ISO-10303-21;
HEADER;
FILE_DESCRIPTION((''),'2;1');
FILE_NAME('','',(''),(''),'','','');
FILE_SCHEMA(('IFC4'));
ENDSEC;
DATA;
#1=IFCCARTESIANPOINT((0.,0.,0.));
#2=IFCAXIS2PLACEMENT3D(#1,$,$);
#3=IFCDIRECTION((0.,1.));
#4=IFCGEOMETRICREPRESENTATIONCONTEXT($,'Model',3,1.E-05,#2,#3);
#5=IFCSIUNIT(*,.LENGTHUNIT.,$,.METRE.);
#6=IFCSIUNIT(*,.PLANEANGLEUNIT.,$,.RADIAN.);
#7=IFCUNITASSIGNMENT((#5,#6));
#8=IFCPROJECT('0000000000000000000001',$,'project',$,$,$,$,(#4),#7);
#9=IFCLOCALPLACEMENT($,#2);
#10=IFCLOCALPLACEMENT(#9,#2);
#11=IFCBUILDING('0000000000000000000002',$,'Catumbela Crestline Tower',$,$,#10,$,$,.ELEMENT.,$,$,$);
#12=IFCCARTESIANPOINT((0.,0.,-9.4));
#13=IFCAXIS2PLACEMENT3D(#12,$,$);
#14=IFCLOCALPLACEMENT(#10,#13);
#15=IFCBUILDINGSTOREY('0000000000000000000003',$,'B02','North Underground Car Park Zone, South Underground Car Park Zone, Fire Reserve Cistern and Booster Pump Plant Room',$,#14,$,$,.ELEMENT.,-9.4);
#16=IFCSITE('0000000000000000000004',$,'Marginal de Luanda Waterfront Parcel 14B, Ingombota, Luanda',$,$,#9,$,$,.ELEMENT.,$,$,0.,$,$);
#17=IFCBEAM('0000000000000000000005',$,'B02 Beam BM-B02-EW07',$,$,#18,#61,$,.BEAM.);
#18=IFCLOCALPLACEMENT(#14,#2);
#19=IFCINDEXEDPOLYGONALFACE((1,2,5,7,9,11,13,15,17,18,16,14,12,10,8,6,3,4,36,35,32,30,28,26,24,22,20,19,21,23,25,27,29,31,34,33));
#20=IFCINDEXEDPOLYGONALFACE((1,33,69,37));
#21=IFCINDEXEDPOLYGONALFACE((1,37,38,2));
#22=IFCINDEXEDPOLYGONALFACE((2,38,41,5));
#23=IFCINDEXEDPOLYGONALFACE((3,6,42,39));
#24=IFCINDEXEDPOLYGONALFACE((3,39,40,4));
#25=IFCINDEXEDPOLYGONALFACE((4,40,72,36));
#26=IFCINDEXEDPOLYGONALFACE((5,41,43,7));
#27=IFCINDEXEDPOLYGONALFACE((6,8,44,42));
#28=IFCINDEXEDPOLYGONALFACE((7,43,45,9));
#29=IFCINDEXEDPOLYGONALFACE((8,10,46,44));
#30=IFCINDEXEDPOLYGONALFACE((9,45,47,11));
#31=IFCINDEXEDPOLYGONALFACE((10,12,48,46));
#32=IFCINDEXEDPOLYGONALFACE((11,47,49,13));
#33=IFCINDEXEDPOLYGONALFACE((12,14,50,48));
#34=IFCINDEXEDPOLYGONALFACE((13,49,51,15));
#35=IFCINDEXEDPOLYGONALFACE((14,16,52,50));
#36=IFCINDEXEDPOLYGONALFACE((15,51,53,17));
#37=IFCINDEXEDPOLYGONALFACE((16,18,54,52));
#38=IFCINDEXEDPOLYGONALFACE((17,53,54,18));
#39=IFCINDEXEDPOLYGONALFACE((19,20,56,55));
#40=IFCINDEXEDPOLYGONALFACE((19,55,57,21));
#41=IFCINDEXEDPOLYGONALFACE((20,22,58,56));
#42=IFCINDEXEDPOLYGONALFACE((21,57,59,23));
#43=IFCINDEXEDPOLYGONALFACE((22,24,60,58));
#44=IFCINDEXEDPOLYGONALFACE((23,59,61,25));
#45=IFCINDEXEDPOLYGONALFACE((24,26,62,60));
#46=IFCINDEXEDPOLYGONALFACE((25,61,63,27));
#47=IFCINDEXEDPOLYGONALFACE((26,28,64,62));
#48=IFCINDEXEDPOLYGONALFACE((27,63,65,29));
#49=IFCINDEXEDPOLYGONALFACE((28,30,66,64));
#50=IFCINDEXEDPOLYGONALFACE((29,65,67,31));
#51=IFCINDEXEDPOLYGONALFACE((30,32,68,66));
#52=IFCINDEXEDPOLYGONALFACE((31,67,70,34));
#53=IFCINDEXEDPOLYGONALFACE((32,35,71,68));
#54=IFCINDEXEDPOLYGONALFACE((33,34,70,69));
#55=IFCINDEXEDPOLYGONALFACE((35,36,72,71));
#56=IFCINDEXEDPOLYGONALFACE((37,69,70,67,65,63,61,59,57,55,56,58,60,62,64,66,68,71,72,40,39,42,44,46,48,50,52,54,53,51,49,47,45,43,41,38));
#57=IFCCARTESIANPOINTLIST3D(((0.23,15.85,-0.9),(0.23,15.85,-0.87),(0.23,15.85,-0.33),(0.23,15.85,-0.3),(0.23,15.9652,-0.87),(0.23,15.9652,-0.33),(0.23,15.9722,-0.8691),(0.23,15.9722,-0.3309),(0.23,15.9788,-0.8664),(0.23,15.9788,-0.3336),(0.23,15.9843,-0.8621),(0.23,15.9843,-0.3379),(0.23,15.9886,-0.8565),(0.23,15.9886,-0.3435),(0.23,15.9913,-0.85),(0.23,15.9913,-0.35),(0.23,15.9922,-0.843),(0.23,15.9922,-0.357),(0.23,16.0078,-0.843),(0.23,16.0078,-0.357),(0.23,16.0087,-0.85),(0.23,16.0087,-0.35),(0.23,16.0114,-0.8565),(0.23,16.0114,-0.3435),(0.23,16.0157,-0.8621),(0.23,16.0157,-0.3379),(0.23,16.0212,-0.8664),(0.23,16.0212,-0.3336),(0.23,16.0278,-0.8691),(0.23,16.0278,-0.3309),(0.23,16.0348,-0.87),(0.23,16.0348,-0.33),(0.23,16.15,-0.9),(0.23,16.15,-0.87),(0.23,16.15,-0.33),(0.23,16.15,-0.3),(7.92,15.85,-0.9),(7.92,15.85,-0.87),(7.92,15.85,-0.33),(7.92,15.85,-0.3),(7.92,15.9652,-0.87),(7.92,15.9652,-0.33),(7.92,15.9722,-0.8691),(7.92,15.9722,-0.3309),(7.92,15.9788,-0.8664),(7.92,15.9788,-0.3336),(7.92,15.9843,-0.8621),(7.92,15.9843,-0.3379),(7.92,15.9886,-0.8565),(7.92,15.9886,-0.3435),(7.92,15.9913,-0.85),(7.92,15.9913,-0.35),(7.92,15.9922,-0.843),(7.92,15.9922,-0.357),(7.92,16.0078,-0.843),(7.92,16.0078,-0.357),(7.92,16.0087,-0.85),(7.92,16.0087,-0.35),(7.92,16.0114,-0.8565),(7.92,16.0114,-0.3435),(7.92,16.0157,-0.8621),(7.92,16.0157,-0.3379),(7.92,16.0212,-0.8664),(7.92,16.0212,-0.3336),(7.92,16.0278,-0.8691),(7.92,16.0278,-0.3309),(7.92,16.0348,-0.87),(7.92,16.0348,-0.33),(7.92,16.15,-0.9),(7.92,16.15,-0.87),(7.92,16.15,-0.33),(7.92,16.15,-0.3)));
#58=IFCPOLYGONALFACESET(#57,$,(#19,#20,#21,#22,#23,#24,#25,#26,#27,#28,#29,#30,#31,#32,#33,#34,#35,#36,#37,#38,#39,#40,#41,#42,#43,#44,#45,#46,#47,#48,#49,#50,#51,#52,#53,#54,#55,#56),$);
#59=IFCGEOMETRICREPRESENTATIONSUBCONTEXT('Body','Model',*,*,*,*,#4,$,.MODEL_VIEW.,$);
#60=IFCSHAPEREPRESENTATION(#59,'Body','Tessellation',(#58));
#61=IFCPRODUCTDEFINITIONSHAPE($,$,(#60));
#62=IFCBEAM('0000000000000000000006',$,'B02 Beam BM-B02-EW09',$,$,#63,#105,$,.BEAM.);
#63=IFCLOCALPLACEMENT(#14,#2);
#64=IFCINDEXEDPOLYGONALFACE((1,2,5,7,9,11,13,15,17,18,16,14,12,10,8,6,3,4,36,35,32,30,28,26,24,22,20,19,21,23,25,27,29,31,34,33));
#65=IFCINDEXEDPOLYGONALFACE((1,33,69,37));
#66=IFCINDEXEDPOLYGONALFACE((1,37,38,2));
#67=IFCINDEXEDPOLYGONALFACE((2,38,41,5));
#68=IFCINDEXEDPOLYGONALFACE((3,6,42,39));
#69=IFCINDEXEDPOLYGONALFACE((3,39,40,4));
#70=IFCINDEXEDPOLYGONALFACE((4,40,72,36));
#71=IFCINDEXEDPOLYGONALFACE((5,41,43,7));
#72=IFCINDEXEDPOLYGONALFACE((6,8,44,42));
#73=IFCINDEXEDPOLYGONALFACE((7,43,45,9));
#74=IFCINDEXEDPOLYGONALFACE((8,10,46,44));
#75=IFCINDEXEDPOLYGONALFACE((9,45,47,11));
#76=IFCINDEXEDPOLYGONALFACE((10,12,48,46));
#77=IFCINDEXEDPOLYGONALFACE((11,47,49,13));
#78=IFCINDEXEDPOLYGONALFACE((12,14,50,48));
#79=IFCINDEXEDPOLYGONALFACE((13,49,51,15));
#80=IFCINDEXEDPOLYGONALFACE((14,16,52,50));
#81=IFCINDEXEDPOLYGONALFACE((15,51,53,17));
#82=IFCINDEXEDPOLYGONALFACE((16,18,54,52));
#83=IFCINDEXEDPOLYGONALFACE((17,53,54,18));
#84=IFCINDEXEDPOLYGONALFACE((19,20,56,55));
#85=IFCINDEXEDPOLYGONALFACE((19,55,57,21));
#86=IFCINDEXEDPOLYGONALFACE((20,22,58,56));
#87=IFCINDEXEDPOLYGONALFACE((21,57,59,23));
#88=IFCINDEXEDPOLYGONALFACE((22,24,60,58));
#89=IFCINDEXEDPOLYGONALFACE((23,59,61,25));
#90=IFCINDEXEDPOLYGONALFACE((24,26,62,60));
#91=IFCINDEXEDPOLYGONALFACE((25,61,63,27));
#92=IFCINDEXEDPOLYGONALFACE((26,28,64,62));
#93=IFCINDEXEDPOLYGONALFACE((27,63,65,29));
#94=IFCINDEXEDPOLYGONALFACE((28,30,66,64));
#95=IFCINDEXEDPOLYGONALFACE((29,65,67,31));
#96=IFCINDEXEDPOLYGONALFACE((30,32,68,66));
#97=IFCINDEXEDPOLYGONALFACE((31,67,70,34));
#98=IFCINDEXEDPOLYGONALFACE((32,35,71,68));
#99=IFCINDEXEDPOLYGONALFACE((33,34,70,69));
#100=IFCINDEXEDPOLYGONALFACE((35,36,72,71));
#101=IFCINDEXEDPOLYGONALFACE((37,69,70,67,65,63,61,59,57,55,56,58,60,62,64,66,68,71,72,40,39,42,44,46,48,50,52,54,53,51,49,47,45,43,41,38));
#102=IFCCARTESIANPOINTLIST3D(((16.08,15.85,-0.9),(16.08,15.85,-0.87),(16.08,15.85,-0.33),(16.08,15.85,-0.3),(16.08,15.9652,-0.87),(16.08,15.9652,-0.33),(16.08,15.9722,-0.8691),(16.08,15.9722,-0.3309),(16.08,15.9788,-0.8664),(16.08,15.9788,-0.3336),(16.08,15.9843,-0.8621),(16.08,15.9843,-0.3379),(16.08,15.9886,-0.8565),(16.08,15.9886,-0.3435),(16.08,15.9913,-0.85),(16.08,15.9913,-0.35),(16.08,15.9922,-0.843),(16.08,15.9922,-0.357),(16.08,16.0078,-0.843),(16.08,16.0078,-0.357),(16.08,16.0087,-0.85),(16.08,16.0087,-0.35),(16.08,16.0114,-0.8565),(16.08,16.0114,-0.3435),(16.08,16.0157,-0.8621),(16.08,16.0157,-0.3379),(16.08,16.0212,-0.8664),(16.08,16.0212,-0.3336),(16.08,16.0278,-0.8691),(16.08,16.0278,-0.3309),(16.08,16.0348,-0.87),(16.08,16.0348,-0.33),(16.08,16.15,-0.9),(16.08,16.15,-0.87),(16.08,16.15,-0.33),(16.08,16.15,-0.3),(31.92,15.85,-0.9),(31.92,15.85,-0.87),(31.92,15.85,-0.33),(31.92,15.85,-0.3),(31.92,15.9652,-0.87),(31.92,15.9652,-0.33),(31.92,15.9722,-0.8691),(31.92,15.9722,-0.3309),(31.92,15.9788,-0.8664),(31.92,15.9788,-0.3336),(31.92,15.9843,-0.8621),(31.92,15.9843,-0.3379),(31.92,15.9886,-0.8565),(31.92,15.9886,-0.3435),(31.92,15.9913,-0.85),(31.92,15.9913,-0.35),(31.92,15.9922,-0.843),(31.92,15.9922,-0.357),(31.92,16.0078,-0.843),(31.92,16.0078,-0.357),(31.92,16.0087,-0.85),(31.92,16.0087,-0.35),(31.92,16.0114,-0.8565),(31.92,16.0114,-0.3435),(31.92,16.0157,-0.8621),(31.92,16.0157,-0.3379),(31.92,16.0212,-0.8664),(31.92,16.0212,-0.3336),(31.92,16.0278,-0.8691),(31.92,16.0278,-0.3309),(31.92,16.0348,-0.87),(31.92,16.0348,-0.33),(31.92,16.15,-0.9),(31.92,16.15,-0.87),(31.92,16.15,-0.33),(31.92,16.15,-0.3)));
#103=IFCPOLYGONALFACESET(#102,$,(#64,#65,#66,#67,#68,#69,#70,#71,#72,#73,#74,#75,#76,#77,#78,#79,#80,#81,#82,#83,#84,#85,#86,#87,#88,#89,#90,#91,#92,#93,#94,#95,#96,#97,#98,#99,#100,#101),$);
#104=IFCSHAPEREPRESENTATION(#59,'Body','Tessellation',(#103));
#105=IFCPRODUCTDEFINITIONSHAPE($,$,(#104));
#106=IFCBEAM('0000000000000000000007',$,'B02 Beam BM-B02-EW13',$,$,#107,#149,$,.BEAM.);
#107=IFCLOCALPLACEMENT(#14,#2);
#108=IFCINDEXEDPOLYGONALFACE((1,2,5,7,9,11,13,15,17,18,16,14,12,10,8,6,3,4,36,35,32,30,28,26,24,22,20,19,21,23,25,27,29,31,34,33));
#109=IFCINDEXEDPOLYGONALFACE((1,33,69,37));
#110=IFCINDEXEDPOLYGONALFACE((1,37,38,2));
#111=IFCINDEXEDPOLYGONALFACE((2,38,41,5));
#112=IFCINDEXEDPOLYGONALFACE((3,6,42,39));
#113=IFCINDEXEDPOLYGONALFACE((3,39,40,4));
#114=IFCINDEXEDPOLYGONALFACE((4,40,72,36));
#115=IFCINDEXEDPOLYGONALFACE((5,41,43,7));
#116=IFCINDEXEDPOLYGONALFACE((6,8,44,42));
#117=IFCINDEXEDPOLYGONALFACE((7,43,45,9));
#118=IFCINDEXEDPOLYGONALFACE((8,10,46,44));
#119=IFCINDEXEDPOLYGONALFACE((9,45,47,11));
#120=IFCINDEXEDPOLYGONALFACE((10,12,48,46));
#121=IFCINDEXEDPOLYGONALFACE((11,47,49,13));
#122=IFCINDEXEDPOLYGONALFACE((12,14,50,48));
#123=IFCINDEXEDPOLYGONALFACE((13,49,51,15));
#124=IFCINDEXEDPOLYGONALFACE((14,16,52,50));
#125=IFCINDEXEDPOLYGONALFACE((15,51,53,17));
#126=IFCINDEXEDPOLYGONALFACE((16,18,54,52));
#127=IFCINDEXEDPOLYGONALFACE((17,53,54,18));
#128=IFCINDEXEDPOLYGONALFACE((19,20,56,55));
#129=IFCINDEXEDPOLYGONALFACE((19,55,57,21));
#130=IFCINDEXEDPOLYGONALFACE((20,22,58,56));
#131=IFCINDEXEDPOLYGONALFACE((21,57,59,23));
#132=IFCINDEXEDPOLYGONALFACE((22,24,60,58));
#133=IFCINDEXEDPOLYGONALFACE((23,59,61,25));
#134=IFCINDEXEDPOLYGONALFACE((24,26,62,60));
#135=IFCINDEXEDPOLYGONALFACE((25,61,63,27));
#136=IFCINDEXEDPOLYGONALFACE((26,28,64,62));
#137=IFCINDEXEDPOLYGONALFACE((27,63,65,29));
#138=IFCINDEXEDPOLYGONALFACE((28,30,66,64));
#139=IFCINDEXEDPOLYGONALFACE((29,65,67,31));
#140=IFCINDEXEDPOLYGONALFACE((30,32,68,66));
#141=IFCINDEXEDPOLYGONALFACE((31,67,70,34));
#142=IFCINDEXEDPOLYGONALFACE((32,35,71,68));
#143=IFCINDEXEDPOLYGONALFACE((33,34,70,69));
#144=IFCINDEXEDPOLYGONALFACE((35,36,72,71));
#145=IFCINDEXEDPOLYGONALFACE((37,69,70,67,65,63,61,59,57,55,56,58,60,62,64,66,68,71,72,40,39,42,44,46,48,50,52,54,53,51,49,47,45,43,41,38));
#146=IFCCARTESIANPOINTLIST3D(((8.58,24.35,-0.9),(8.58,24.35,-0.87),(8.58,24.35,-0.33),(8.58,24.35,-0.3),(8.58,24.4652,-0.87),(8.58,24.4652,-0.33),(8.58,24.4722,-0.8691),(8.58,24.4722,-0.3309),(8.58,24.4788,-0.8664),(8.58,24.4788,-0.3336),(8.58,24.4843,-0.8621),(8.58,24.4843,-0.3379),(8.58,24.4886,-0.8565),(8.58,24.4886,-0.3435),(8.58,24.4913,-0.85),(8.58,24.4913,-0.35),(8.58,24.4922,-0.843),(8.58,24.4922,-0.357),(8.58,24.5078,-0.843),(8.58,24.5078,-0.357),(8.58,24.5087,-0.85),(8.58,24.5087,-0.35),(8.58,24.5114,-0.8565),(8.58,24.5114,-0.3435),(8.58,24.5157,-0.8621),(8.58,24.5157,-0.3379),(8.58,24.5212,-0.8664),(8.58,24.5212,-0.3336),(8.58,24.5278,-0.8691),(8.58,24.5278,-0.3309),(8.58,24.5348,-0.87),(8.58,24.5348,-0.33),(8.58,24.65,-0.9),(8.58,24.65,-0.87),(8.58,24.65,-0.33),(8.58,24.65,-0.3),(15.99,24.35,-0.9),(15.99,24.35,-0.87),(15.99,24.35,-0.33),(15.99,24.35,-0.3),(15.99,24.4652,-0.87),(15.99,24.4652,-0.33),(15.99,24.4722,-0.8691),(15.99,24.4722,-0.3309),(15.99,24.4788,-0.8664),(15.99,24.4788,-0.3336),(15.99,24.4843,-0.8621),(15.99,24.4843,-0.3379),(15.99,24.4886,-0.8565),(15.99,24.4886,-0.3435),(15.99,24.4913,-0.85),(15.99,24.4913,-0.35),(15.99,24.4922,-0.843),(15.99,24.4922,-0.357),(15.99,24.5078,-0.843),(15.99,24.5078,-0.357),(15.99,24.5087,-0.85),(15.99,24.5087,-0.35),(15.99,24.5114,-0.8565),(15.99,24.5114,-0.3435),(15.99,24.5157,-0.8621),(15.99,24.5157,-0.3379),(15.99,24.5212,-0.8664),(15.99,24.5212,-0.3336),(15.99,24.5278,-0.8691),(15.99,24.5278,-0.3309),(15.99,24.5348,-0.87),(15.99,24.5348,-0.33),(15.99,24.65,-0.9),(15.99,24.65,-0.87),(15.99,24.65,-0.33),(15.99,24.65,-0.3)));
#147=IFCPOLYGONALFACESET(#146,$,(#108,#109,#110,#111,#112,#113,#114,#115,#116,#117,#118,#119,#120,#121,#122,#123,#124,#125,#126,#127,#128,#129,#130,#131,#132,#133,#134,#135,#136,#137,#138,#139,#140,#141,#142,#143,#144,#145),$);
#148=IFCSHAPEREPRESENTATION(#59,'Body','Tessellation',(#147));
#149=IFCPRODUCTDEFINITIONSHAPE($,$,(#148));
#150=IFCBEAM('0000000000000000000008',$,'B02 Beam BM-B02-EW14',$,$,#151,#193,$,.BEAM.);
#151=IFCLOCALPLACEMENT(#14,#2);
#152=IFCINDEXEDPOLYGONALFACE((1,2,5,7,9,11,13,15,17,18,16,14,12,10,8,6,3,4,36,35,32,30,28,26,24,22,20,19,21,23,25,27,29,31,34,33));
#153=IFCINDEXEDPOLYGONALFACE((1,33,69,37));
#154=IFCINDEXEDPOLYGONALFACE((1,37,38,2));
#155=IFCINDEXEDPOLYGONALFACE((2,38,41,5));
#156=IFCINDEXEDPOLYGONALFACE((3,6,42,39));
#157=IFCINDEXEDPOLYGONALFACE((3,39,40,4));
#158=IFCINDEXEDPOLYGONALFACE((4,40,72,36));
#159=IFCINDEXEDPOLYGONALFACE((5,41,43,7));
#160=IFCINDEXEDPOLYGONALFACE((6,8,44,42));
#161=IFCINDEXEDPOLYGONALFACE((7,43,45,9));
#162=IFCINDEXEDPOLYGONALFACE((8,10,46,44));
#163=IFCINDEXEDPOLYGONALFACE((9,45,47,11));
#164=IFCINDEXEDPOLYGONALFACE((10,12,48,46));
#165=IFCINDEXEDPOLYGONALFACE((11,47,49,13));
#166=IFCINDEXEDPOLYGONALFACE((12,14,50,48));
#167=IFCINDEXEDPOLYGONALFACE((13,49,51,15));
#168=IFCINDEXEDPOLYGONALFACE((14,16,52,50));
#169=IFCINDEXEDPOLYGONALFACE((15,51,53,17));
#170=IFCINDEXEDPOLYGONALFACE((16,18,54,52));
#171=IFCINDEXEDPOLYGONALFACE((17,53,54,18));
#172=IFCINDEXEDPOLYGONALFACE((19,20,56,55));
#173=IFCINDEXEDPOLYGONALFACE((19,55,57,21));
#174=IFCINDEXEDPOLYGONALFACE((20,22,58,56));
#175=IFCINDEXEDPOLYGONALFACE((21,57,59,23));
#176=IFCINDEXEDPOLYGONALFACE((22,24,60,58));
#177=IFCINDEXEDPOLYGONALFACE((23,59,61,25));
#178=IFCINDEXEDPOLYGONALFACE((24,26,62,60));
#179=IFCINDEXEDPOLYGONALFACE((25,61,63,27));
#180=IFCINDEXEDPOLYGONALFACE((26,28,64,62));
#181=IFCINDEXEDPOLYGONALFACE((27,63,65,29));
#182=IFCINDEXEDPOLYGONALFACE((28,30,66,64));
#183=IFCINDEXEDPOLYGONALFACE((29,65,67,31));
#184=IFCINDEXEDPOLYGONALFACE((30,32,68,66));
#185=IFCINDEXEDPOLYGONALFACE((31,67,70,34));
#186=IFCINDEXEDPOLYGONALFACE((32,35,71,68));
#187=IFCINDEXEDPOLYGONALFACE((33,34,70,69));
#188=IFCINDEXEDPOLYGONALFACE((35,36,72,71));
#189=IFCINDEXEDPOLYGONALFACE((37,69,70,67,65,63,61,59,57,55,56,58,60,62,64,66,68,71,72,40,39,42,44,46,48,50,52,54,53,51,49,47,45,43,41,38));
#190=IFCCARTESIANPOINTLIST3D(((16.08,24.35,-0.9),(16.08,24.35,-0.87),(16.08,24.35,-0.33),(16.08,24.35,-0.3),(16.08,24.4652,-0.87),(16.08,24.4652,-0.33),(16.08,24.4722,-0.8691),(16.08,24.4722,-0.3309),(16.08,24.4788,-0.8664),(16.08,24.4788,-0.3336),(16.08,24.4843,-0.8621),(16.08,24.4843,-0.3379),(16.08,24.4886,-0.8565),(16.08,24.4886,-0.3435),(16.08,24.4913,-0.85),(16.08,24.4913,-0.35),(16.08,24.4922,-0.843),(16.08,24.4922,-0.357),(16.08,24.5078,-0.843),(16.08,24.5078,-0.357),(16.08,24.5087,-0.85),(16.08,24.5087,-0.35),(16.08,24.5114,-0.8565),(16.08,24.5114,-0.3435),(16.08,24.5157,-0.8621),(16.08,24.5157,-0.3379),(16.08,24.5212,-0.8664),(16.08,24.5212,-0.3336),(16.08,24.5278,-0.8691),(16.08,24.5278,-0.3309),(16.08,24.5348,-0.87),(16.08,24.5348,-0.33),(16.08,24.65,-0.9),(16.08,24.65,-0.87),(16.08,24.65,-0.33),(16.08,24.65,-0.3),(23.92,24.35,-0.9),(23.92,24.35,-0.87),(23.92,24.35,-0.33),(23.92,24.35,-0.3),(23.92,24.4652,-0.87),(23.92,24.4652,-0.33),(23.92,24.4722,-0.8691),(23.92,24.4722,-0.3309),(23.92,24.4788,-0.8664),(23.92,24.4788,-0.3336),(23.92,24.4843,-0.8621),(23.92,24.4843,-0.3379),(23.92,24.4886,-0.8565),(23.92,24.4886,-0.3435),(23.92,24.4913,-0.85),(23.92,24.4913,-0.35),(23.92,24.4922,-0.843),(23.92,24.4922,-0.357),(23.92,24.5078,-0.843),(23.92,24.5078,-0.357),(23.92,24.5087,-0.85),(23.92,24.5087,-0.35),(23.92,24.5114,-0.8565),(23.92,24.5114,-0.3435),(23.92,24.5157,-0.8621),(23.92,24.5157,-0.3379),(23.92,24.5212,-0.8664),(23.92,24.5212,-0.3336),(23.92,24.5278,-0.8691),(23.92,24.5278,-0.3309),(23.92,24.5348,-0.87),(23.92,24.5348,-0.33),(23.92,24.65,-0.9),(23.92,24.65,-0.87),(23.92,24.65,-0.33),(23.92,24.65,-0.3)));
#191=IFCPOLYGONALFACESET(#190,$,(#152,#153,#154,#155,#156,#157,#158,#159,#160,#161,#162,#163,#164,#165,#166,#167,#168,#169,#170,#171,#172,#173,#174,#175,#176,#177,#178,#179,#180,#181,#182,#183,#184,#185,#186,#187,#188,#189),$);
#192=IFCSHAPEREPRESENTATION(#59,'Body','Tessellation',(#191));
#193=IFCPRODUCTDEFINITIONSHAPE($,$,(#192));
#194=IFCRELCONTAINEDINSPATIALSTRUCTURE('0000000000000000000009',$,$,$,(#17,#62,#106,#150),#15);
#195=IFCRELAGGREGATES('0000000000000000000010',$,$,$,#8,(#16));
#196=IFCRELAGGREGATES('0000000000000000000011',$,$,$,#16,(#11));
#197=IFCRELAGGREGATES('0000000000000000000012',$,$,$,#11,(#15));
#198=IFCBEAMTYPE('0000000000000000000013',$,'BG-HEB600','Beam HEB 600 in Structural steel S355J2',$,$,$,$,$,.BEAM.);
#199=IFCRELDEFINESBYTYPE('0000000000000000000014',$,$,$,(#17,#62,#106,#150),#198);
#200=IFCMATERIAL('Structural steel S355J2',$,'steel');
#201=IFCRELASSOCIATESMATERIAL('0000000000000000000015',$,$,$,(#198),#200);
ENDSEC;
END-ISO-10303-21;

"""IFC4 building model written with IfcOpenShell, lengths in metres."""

from ifc_helpers import new_model, si_unit, direction, frame, origin, origin_2d, place, context, subcontext, project, spatial, i_section, extrude, material, material_profile, profile_set, type_object, element, save


model = new_model("IFC4")

# Units and contexts
model_context = context("Model", 3, precision=1e-05, world=origin(), true_north=direction((0.0, 1.0)))
body_context = subcontext(model_context, "Body", "Model", "MODEL_VIEW")
ifc_project = project(units=[si_unit("LENGTHUNIT", "METRE"), si_unit("PLANEANGLEUNIT", "RADIAN")], contexts=[model_context])

# Site, building, storey
site_placement = place(None, origin())
site = spatial("IfcSite", under=ifc_project, at=site_placement, Name="Marginal de Luanda Waterfront Parcel 14B, Ingombota, Luanda", CompositionType="ELEMENT", RefElevation=0.0)
building_placement = place(site_placement, origin())
building = spatial("IfcBuilding", under=site, at=building_placement, Name="Catumbela Crestline Tower", CompositionType="ELEMENT")
storey_placement = place(building_placement, frame((0.0, 0.0, -9.4)))
storey = spatial("IfcBuildingStorey", under=building, at=storey_placement, Name="B02", Description="North Underground Car Park Zone, South Underground Car Park Zone, Fire Reserve Cistern and Booster Pump Plant Room", CompositionType="ELEMENT", Elevation=-9.4)

# Beams
ifc_material_1 = material(Name="Structural steel S355J2", Category="steel")
ifc_material_profile_1 = material_profile(ifc_material_1, i_section(OverallWidth=0.3, OverallDepth=0.6, WebThickness=0.0155, FlangeThickness=0.03, FilletRadius=0.027, at=origin_2d()), Name="HEB 600")
ifc_profile_set_1 = profile_set([ifc_material_profile_1], Name="Structural steel S355J2")
beam_type_1 = type_object("IfcBeamType", Name="BG-HEB600", Description="Beam HEB 600 in Structural steel S355J2", PredefinedType="BEAM", material=ifc_profile_set_1)
beam_1_placement = place(storey_placement, frame((0.23, 16.0, -0.6), z_axis=(1.0, 0.0, 0.0), x_axis=(0.0, 1.0, 0.0)))
element("IfcBeam", 1, at=beam_1_placement, inside=storey, type_object=beam_type_1, Name="B02 Beam BM-B02-EW07", PredefinedType="BEAM", context=body_context, shape_type="SweptSolid", body=[
    extrude(i_section(OverallWidth=0.3, OverallDepth=0.6, WebThickness=0.0155, FlangeThickness=0.03, FilletRadius=0.027, at=origin_2d()), origin(), (0.0, 0.0, 1.0), 7.69),
])
beam_2_placement = place(storey_placement, frame((16.08, 16.0, -0.6), z_axis=(1.0, 0.0, 0.0), x_axis=(0.0, 1.0, 0.0)))
element("IfcBeam", 2, at=beam_2_placement, inside=storey, type_object=beam_type_1, Name="B02 Beam BM-B02-EW09", PredefinedType="BEAM", context=body_context, shape_type="SweptSolid", body=[
    extrude(i_section(OverallWidth=0.3, OverallDepth=0.6, WebThickness=0.0155, FlangeThickness=0.03, FilletRadius=0.027, at=origin_2d()), origin(), (0.0, 0.0, 1.0), 15.84),
])
beam_3_placement = place(storey_placement, frame((8.58, 24.5, -0.6), z_axis=(1.0, 0.0, 0.0), x_axis=(0.0, 1.0, 0.0)))
element("IfcBeam", 3, at=beam_3_placement, inside=storey, type_object=beam_type_1, Name="B02 Beam BM-B02-EW13", PredefinedType="BEAM", context=body_context, shape_type="SweptSolid", body=[
    extrude(i_section(OverallWidth=0.3, OverallDepth=0.6, WebThickness=0.0155, FlangeThickness=0.03, FilletRadius=0.027, at=origin_2d()), origin(), (0.0, 0.0, 1.0), 7.41),
])
for number, where, z_axis, x_axis, name in (
    (4, (16.08, 24.5, -0.6), (1.0, 0.0, 0.0), (0.0, 1.0, 0.0), "B02 Beam BM-B02-EW14"),
):
    element("IfcBeam", number, at=place(storey_placement, frame(where, z_axis=z_axis, x_axis=x_axis)), inside=storey, type_object=beam_type_1, Name=name, PredefinedType="BEAM", context=body_context, shape_type="SweptSolid", body=[
        extrude(i_section(OverallWidth=0.3, OverallDepth=0.6, WebThickness=0.0155, FlangeThickness=0.03, FilletRadius=0.027, at=origin_2d()), origin(), (0.0, 0.0, 1.0), 7.84),
    ])

save(model, "model.ifc")
